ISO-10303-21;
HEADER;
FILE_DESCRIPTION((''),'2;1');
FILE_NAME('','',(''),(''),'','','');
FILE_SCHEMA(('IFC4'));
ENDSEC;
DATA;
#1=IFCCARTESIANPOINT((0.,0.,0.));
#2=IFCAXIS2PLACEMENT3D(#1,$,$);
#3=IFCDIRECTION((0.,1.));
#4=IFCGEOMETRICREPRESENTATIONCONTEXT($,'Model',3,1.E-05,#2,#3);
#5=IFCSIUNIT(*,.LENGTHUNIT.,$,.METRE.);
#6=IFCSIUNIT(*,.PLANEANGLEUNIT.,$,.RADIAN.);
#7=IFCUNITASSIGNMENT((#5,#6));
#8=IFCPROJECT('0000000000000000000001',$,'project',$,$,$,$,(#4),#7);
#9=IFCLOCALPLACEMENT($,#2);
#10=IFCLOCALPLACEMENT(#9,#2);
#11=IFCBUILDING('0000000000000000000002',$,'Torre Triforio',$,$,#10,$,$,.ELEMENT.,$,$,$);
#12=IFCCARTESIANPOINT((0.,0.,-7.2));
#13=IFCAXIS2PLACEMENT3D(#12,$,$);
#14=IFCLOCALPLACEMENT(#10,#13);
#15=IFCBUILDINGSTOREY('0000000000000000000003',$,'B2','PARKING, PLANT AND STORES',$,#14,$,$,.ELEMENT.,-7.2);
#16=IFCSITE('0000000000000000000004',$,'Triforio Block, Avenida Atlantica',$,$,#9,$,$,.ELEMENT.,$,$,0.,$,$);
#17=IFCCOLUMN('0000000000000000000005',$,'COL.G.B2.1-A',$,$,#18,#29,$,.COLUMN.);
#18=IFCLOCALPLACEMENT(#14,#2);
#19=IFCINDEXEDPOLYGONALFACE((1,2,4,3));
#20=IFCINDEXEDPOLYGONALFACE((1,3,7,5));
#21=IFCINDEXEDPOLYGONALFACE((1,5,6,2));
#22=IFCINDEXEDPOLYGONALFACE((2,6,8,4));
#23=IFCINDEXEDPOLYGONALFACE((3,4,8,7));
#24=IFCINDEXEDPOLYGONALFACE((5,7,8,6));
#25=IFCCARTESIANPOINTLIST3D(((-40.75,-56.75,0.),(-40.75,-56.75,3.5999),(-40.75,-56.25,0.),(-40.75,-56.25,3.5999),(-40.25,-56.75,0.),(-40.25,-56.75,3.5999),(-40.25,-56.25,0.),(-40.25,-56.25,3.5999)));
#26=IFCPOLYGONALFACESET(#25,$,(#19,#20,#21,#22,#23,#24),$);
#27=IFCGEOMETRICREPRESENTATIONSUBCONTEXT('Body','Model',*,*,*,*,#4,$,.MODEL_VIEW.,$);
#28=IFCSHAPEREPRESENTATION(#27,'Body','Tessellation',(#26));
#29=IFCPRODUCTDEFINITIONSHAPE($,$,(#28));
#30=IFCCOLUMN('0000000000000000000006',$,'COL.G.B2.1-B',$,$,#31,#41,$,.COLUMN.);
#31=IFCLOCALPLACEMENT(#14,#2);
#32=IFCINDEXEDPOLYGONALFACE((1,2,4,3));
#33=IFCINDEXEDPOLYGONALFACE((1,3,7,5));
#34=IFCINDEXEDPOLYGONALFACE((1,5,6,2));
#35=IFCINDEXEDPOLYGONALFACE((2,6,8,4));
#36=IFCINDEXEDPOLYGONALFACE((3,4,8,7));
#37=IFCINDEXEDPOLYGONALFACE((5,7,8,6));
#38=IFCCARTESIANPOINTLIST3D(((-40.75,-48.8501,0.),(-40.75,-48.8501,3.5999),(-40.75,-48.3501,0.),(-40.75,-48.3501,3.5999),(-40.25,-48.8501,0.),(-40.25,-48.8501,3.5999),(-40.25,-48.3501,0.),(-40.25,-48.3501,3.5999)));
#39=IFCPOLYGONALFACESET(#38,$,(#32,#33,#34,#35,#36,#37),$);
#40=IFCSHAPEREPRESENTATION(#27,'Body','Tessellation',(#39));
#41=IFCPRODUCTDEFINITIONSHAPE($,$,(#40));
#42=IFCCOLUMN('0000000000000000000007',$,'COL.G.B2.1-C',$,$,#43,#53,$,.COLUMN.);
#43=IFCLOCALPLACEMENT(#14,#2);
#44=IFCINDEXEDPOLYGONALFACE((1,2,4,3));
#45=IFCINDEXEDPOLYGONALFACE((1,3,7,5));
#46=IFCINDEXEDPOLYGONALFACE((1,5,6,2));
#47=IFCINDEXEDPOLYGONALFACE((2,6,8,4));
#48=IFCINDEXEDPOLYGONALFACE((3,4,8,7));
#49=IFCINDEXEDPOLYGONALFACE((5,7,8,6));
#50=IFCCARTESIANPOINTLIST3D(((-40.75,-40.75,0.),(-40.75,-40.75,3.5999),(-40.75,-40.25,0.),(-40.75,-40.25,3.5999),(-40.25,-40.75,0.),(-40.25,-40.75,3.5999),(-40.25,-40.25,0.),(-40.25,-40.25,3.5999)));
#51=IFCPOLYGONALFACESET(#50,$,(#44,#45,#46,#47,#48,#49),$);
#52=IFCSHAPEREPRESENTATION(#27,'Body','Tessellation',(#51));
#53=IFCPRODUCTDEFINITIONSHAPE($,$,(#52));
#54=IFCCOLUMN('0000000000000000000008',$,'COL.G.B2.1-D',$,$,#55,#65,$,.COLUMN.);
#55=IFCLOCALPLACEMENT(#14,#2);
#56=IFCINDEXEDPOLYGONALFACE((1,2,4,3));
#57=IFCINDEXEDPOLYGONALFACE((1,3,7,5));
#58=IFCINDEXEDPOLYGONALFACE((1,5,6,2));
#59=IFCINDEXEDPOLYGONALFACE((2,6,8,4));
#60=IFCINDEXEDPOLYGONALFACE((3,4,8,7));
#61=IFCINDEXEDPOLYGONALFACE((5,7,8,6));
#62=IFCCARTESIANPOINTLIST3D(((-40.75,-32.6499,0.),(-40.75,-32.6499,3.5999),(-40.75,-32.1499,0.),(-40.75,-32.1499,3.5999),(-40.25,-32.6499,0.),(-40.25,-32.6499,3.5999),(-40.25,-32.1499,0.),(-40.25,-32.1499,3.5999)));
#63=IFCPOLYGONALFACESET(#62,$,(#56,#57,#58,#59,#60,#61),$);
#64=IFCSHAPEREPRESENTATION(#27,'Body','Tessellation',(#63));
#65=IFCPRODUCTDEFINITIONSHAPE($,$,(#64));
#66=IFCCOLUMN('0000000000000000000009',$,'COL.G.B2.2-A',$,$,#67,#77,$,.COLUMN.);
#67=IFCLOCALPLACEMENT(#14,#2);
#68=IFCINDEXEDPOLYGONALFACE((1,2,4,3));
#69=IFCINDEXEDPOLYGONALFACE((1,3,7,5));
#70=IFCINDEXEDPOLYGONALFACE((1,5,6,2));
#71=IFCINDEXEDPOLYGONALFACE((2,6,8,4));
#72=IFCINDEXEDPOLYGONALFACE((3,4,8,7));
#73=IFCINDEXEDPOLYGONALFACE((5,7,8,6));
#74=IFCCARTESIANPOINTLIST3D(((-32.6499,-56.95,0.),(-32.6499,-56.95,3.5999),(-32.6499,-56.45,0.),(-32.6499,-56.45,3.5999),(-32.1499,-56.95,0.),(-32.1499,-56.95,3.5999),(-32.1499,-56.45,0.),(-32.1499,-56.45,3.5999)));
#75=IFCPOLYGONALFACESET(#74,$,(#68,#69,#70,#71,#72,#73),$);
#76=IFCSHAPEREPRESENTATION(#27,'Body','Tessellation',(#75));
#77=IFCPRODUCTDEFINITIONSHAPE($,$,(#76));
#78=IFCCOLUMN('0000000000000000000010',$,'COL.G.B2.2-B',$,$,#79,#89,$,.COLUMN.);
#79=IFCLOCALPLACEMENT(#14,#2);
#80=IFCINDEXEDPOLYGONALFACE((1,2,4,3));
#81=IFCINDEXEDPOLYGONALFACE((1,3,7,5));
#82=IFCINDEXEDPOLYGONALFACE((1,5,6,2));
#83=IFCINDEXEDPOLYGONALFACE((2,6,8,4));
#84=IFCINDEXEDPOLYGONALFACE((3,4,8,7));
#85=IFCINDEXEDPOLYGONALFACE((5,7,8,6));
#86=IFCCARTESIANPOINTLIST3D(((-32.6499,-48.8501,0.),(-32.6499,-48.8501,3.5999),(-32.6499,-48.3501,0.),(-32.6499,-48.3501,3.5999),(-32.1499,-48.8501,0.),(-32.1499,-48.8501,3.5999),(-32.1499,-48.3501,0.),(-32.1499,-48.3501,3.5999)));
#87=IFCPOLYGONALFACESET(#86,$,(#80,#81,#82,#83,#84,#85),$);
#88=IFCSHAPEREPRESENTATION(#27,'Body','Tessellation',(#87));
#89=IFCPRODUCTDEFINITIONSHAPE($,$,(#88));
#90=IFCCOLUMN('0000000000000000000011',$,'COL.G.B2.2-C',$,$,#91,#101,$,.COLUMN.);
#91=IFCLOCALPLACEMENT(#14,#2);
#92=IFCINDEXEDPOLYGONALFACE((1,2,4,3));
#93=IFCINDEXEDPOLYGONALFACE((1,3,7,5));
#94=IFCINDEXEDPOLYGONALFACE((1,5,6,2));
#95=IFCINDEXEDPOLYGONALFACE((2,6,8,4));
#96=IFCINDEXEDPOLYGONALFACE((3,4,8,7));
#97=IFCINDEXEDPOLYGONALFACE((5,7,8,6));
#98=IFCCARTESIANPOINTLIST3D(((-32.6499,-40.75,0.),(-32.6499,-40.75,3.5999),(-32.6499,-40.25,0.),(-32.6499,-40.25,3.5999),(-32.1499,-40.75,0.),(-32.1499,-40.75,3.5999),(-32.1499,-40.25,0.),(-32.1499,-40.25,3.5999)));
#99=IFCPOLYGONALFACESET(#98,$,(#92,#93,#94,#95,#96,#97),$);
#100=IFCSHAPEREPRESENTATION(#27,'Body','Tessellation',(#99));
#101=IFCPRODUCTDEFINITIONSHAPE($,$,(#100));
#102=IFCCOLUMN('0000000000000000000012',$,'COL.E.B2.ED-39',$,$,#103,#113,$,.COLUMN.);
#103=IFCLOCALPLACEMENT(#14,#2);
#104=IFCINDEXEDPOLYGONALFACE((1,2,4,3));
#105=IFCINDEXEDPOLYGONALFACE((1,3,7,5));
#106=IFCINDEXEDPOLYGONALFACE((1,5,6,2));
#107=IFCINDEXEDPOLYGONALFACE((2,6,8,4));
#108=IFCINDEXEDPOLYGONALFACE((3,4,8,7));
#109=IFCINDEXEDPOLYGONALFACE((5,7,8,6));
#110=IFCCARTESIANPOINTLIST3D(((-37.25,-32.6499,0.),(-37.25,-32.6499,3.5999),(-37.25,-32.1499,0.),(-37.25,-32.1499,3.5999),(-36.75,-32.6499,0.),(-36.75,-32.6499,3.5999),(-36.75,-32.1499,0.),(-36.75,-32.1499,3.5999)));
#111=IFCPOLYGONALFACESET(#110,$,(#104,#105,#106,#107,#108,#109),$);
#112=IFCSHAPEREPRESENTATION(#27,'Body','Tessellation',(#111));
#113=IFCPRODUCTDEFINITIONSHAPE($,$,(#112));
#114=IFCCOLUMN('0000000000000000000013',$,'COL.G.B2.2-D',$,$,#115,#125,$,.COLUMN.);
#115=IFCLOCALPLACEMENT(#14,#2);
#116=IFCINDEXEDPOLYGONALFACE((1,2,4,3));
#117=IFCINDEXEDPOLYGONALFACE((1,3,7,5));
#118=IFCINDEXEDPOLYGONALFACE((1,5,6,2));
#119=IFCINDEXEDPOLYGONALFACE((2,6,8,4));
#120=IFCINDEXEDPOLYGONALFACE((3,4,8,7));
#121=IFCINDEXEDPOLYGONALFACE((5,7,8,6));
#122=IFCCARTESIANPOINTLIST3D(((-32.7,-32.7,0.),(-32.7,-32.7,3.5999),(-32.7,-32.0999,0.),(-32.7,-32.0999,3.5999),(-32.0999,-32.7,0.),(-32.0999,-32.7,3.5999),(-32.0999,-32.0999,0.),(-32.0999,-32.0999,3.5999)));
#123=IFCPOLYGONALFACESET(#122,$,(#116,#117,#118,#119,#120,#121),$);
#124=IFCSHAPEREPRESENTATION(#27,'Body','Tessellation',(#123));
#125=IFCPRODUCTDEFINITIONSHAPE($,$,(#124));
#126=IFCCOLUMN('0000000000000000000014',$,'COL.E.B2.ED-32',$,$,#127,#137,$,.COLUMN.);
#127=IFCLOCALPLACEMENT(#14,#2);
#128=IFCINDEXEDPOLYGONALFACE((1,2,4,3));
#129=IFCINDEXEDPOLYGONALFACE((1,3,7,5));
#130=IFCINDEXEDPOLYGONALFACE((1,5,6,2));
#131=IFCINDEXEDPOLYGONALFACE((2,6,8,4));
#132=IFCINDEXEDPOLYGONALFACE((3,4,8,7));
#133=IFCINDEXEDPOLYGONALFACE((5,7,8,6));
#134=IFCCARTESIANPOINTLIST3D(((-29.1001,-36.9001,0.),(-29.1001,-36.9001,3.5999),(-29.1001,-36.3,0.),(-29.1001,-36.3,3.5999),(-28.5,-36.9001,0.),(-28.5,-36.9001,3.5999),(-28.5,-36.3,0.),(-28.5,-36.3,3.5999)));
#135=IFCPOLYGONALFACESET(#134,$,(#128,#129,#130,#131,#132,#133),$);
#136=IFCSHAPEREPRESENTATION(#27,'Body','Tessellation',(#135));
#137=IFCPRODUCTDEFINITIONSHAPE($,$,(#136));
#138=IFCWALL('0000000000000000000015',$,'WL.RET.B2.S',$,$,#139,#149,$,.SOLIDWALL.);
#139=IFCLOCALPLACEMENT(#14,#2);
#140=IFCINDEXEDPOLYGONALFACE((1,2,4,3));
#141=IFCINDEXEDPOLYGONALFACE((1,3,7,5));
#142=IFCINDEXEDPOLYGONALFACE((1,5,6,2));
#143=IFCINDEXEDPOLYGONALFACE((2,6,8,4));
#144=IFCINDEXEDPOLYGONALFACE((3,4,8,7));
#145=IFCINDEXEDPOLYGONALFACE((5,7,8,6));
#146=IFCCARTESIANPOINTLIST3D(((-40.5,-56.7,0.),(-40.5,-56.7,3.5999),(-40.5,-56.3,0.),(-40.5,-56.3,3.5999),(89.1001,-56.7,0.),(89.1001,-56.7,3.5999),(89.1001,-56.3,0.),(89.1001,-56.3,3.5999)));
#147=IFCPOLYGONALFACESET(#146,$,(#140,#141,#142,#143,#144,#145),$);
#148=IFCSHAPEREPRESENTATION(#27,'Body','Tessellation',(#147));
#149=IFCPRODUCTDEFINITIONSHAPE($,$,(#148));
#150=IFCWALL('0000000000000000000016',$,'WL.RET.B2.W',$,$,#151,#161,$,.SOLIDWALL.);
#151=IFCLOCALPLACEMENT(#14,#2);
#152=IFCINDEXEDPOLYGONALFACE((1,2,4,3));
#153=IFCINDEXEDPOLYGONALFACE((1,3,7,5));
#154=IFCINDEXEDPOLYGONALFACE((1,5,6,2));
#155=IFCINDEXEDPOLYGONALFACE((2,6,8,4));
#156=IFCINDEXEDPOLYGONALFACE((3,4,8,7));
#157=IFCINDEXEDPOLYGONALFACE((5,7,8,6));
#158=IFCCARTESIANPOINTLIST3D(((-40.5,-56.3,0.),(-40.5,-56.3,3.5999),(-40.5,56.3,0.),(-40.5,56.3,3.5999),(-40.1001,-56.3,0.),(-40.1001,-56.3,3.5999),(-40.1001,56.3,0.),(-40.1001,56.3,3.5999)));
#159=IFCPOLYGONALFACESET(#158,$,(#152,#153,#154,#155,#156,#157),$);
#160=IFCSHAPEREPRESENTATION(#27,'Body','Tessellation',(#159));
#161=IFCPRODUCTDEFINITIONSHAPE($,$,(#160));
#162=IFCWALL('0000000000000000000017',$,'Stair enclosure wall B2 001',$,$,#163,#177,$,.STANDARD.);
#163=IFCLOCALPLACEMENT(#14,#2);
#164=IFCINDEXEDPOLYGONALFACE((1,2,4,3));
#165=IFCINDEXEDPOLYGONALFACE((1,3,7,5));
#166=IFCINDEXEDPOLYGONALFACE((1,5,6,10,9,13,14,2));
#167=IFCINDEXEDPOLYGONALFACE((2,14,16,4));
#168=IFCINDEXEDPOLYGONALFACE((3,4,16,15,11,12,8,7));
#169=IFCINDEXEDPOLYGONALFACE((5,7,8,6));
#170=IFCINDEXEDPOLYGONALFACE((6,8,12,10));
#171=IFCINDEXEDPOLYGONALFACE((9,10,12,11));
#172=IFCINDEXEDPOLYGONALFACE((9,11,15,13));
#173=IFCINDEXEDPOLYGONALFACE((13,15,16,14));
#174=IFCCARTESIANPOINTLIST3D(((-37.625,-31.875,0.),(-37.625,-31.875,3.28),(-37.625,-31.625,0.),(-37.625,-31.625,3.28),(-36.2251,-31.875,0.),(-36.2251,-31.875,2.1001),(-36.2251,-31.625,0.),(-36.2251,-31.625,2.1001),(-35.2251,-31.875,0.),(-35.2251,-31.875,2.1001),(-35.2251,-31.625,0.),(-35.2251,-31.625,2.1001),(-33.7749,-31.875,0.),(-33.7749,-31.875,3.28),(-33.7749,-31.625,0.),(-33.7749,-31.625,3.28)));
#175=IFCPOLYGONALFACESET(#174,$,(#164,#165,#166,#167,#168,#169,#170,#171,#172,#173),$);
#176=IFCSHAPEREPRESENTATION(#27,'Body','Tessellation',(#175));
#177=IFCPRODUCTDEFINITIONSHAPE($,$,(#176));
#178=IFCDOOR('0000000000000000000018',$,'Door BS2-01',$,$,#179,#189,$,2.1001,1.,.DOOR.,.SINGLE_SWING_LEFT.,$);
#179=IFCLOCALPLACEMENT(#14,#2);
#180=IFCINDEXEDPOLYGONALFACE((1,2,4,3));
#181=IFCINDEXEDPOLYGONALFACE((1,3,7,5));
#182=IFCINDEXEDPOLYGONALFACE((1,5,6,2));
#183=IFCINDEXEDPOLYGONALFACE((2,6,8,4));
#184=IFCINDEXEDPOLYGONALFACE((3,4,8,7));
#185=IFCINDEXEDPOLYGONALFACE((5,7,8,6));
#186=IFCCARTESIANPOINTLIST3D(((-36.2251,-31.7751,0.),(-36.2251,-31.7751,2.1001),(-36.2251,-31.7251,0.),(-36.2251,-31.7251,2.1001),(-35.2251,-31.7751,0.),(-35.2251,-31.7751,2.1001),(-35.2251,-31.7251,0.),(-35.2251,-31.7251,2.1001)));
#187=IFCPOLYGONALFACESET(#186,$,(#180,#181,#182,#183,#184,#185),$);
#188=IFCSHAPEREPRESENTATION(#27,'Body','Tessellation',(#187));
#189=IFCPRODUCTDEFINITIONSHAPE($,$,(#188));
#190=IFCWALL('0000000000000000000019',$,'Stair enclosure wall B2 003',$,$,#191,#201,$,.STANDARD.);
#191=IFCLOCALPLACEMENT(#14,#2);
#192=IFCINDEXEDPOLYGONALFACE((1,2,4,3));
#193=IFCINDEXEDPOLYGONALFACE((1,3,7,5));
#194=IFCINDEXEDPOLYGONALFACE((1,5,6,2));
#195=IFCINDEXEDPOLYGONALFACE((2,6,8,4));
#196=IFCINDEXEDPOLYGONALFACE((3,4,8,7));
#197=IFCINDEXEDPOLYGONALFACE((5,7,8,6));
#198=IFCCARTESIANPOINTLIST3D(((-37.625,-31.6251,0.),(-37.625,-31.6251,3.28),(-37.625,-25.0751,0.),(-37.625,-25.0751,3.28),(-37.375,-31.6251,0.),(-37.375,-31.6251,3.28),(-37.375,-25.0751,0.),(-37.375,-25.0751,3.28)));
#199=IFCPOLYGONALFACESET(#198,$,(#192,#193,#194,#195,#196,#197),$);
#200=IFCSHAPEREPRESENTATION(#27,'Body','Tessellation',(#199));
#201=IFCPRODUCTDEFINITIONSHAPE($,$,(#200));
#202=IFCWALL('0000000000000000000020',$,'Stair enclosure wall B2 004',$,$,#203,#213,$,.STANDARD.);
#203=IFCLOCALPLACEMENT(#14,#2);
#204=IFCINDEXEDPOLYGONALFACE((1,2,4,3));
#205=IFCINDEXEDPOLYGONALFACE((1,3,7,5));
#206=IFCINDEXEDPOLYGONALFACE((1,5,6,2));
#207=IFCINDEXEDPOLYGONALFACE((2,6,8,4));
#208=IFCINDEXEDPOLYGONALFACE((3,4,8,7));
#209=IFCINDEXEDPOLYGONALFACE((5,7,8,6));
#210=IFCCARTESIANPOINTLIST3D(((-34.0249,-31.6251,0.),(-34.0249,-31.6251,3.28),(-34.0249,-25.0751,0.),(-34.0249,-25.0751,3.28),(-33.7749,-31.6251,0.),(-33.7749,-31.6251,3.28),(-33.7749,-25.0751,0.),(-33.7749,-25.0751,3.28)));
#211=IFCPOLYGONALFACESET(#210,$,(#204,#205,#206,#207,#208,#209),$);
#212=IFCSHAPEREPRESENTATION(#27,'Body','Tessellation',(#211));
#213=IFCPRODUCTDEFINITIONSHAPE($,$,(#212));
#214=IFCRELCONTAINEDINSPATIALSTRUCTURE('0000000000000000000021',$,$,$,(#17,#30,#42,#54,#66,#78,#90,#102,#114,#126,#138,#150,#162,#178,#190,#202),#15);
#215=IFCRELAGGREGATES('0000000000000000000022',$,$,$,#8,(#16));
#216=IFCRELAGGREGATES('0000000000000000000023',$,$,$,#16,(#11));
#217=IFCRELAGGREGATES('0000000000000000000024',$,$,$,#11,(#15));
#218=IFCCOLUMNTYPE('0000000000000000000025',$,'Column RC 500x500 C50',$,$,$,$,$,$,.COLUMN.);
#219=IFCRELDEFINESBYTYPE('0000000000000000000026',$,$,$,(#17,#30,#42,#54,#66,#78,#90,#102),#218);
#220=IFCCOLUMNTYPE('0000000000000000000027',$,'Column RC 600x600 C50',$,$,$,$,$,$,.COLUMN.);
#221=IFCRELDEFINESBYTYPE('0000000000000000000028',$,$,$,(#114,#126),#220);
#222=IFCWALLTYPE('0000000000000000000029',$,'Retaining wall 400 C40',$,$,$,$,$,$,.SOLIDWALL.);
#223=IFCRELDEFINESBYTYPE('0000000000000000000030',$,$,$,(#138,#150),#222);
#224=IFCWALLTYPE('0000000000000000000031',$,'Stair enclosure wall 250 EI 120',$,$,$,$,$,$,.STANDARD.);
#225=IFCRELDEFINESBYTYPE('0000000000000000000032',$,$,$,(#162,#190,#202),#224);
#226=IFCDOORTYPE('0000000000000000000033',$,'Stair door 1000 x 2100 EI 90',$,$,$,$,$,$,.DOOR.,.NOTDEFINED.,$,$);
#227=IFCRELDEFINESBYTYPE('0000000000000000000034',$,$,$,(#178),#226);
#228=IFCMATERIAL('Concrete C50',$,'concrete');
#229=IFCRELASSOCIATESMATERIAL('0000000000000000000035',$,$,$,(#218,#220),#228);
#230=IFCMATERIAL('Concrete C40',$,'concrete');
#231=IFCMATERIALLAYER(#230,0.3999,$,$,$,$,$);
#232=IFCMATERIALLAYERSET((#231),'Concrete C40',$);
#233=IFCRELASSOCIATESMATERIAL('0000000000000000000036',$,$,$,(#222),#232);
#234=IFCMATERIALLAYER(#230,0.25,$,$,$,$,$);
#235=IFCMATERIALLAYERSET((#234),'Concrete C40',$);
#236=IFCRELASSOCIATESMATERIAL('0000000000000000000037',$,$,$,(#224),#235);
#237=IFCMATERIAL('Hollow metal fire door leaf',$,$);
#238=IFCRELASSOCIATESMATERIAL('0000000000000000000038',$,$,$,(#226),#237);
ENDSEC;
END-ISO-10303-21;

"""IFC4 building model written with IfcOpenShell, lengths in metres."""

from ifc_helpers import new_model, si_unit, direction, frame, frame_2d, origin, origin_2d, place, context, subcontext, project, spatial, rectangle, extrude, material, layer, layer_set, material_profile, profile_set, type_object, element, fill, save


model = new_model("IFC4")

# Units and contexts
model_context = context("Model", 3, precision=1e-05, world=origin(), true_north=direction((0.0, 1.0)))
body_context = subcontext(model_context, "Body", "Model", "MODEL_VIEW")
ifc_project = project(units=[si_unit("LENGTHUNIT", "METRE"), si_unit("PLANEANGLEUNIT", "RADIAN")], contexts=[model_context])

# Site, building, storey
site_placement = place(None, origin())
site = spatial("IfcSite", under=ifc_project, at=site_placement, Name="Triforio Block, Avenida Atlantica", CompositionType="ELEMENT", RefElevation=0.0)
building_placement = place(site_placement, origin())
building = spatial("IfcBuilding", under=site, at=building_placement, Name="Torre Triforio", CompositionType="ELEMENT")
storey_placement = place(building_placement, frame((0.0, 0.0, -7.2)))
storey = spatial("IfcBuildingStorey", under=building, at=storey_placement, Name="B2", Description="PARKING, PLANT AND STORES", CompositionType="ELEMENT", Elevation=-7.2)

# Columns
ifc_material_1 = material(Name="Concrete C50", Category="concrete")
ifc_material_profile_1 = material_profile(ifc_material_1, rectangle(XDim=0.5, YDim=0.5, at=origin_2d()), Name="RC 500x500")
ifc_profile_set_1 = profile_set([ifc_material_profile_1], Name="Concrete C50")
column_type_1 = type_object("IfcColumnType", Name="Column RC 500x500 C50", PredefinedType="COLUMN", material=ifc_profile_set_1)
for number, where, z_axis, x_axis, name in (
    (1, (-40.5, -56.5, 0.0), (0.0, 0.0, 1.0), (1.0, 0.0, 0.0), "COL.G.B2.1-A"),
    (2, (-40.5, -48.6001, 0.0), (0.0, 0.0, 1.0), (1.0, 0.0, 0.0), "COL.G.B2.1-B"),
    (3, (-40.5, -40.5, 0.0), (0.0, 0.0, 1.0), (1.0, 0.0, 0.0), "COL.G.B2.1-C"),
    (4, (-40.5, -32.3999, 0.0), (0.0, 0.0, 1.0), (1.0, 0.0, 0.0), "COL.G.B2.1-D"),
    (5, (-32.3999, -56.7, 0.0), (0.0, 0.0, 1.0), (1.0, 0.0, 0.0), "COL.G.B2.2-A"),
    (6, (-32.3999, -48.6001, 0.0), (0.0, 0.0, 1.0), (1.0, 0.0, 0.0), "COL.G.B2.2-B"),
    (7, (-32.3999, -40.5, 0.0), (0.0, 0.0, 1.0), (1.0, 0.0, 0.0), "COL.G.B2.2-C"),
    (8, (-37.0, -32.3999, 0.0), (0.0, 0.0, 1.0), (1.0, 0.0, 0.0), "COL.E.B2.ED-39"),
):
    element("IfcColumn", number, at=place(storey_placement, frame(where, z_axis=z_axis, x_axis=x_axis)), inside=storey, type_object=column_type_1, Name=name, PredefinedType="COLUMN", context=body_context, shape_type="SweptSolid", body=[
        extrude(rectangle(XDim=0.5, YDim=0.5, at=origin_2d()), origin(), (0.0, 0.0, 1.0), 3.5999),
    ])
ifc_material_profile_2 = material_profile(ifc_material_1, rectangle(XDim=0.6001, YDim=0.6001, at=origin_2d()), Name="RC 600x600")
ifc_profile_set_2 = profile_set([ifc_material_profile_2], Name="Concrete C50")
column_type_2 = type_object("IfcColumnType", Name="Column RC 600x600 C50", PredefinedType="COLUMN", material=ifc_profile_set_2)
for number, where, z_axis, x_axis, name in (
    (9, (-32.3999, -32.3999, 0.0), (0.0, 0.0, 1.0), (1.0, 0.0, 0.0), "COL.G.B2.2-D"),
    (10, (-28.8, -36.6001, 0.0), (0.0, 0.0, 1.0), (1.0, 0.0, 0.0), "COL.E.B2.ED-32"),
):
    element("IfcColumn", number, at=place(storey_placement, frame(where, z_axis=z_axis, x_axis=x_axis)), inside=storey, type_object=column_type_2, Name=name, PredefinedType="COLUMN", context=body_context, shape_type="SweptSolid", body=[
        extrude(rectangle(XDim=0.6001, YDim=0.6001, at=origin_2d()), origin(), (0.0, 0.0, 1.0), 3.5999),
    ])

# Walls
ifc_material_2 = material(Name="Concrete C40", Category="concrete")
ifc_layer_1 = layer(ifc_material_2, 0.3999)
ifc_layer_set_1 = layer_set([ifc_layer_1], Name="Concrete C40")
wall_type_1 = type_object("IfcWallType", Name="Retaining wall 400 C40", PredefinedType="SOLIDWALL", material=ifc_layer_set_1)
wall_1_placement = place(storey_placement, frame((-40.5, -56.5, 0.0), z_axis=(0.0, 0.0, 1.0), x_axis=(1.0, 0.0, 0.0)))
element("IfcWall", 11, at=wall_1_placement, inside=storey, type_object=wall_type_1, Name="WL.RET.B2.S", PredefinedType="SOLIDWALL", context=body_context, shape_type="SweptSolid", body=[
    extrude(rectangle(XDim=129.6001, YDim=0.3999, at=frame_2d((64.8, 0.0))), origin(), (0.0, 0.0, 1.0), 3.5999),
])
wall_2_placement = place(storey_placement, frame((-40.3, -56.3, 0.0), z_axis=(0.0, 0.0, 1.0), x_axis=(0.0, 1.0, 0.0)))
element("IfcWall", 12, at=wall_2_placement, inside=storey, type_object=wall_type_1, Name="WL.RET.B2.W", PredefinedType="SOLIDWALL", context=body_context, shape_type="SweptSolid", body=[
    extrude(rectangle(XDim=112.6001, YDim=0.3999, at=frame_2d((56.3, 0.0))), origin(), (0.0, 0.0, 1.0), 3.5999),
])

# Wall, opening, door
ifc_layer_2 = layer(ifc_material_2, 0.25)
ifc_layer_set_2 = layer_set([ifc_layer_2], Name="Concrete C40")
wall_type_2 = type_object("IfcWallType", Name="Stair enclosure wall 250 EI 120", PredefinedType="STANDARD", material=ifc_layer_set_2)
wall_3_placement = place(storey_placement, frame((-37.625, -31.75, 0.0), z_axis=(0.0, 0.0, 1.0), x_axis=(1.0, 0.0, 0.0)))
wall_3 = element("IfcWall", 13, at=wall_3_placement, inside=storey, type_object=wall_type_2, Name="Stair enclosure wall B2 001", PredefinedType="STANDARD", context=body_context, shape_type="SweptSolid", body=[
    extrude(rectangle(XDim=3.8501, YDim=0.25, at=frame_2d((1.925, 0.0))), origin(), (0.0, 0.0, 1.0), 3.28),
])
opening_placement = place(wall_3_placement, frame((1.3999, 0.0, 0.0)))
opening = element("IfcOpeningElement", 14, at=opening_placement, cuts=wall_3, PredefinedType="OPENING", context=body_context, shape_type="SweptSolid", body=[
    extrude(rectangle(XDim=1.0, YDim=2.1001, at=frame_2d((0.5, 1.05))), frame((0.0, 0.135, 0.0), z_axis=(0.0, -1.0, 0.0), x_axis=(1.0, 0.0, 0.0)), (0.0, 0.0, 1.0), 0.27),
])
ifc_material_3 = material(Name="Hollow metal fire door leaf")
door_type = type_object("IfcDoorType", Name="Stair door 1000 x 2100 EI 90", OperationType="NOTDEFINED", PredefinedType="DOOR", material=ifc_material_3)
door_placement = place(opening_placement, origin())
door = element("IfcDoor", 15, at=door_placement, inside=storey, type_object=door_type, Name="Door BS2-01", OperationType="SINGLE_SWING_LEFT", OverallHeight=2.1001, OverallWidth=1.0, PredefinedType="DOOR", context=body_context, shape_type="SweptSolid", body=[
    extrude(rectangle(XDim=1.0, YDim=2.1001, at=frame_2d((0.5, 1.05))), frame((0.0, 0.0249, 0.0), z_axis=(0.0, -1.0, 0.0), x_axis=(1.0, 0.0, 0.0)), (0.0, 0.0, 1.0), 0.05),
])
fill(opening, door)

# Walls
for number, where, z_axis, x_axis, name in (
    (16, (-37.5, -31.625, 0.0), (0.0, 0.0, 1.0), (0.0, 1.0, 0.0), "Stair enclosure wall B2 003"),
    (17, (-33.8999, -31.625, 0.0), (0.0, 0.0, 1.0), (0.0, 1.0, 0.0), "Stair enclosure wall B2 004"),
):
    element("IfcWall", number, at=place(storey_placement, frame(where, z_axis=z_axis, x_axis=x_axis)), inside=storey, type_object=wall_type_2, Name=name, PredefinedType="STANDARD", context=body_context, shape_type="SweptSolid", body=[
        extrude(rectangle(XDim=6.55, YDim=0.25, at=frame_2d((3.2749, 0.0))), origin(), (0.0, 0.0, 1.0), 3.28),
    ])

save(model, "model.ifc")
